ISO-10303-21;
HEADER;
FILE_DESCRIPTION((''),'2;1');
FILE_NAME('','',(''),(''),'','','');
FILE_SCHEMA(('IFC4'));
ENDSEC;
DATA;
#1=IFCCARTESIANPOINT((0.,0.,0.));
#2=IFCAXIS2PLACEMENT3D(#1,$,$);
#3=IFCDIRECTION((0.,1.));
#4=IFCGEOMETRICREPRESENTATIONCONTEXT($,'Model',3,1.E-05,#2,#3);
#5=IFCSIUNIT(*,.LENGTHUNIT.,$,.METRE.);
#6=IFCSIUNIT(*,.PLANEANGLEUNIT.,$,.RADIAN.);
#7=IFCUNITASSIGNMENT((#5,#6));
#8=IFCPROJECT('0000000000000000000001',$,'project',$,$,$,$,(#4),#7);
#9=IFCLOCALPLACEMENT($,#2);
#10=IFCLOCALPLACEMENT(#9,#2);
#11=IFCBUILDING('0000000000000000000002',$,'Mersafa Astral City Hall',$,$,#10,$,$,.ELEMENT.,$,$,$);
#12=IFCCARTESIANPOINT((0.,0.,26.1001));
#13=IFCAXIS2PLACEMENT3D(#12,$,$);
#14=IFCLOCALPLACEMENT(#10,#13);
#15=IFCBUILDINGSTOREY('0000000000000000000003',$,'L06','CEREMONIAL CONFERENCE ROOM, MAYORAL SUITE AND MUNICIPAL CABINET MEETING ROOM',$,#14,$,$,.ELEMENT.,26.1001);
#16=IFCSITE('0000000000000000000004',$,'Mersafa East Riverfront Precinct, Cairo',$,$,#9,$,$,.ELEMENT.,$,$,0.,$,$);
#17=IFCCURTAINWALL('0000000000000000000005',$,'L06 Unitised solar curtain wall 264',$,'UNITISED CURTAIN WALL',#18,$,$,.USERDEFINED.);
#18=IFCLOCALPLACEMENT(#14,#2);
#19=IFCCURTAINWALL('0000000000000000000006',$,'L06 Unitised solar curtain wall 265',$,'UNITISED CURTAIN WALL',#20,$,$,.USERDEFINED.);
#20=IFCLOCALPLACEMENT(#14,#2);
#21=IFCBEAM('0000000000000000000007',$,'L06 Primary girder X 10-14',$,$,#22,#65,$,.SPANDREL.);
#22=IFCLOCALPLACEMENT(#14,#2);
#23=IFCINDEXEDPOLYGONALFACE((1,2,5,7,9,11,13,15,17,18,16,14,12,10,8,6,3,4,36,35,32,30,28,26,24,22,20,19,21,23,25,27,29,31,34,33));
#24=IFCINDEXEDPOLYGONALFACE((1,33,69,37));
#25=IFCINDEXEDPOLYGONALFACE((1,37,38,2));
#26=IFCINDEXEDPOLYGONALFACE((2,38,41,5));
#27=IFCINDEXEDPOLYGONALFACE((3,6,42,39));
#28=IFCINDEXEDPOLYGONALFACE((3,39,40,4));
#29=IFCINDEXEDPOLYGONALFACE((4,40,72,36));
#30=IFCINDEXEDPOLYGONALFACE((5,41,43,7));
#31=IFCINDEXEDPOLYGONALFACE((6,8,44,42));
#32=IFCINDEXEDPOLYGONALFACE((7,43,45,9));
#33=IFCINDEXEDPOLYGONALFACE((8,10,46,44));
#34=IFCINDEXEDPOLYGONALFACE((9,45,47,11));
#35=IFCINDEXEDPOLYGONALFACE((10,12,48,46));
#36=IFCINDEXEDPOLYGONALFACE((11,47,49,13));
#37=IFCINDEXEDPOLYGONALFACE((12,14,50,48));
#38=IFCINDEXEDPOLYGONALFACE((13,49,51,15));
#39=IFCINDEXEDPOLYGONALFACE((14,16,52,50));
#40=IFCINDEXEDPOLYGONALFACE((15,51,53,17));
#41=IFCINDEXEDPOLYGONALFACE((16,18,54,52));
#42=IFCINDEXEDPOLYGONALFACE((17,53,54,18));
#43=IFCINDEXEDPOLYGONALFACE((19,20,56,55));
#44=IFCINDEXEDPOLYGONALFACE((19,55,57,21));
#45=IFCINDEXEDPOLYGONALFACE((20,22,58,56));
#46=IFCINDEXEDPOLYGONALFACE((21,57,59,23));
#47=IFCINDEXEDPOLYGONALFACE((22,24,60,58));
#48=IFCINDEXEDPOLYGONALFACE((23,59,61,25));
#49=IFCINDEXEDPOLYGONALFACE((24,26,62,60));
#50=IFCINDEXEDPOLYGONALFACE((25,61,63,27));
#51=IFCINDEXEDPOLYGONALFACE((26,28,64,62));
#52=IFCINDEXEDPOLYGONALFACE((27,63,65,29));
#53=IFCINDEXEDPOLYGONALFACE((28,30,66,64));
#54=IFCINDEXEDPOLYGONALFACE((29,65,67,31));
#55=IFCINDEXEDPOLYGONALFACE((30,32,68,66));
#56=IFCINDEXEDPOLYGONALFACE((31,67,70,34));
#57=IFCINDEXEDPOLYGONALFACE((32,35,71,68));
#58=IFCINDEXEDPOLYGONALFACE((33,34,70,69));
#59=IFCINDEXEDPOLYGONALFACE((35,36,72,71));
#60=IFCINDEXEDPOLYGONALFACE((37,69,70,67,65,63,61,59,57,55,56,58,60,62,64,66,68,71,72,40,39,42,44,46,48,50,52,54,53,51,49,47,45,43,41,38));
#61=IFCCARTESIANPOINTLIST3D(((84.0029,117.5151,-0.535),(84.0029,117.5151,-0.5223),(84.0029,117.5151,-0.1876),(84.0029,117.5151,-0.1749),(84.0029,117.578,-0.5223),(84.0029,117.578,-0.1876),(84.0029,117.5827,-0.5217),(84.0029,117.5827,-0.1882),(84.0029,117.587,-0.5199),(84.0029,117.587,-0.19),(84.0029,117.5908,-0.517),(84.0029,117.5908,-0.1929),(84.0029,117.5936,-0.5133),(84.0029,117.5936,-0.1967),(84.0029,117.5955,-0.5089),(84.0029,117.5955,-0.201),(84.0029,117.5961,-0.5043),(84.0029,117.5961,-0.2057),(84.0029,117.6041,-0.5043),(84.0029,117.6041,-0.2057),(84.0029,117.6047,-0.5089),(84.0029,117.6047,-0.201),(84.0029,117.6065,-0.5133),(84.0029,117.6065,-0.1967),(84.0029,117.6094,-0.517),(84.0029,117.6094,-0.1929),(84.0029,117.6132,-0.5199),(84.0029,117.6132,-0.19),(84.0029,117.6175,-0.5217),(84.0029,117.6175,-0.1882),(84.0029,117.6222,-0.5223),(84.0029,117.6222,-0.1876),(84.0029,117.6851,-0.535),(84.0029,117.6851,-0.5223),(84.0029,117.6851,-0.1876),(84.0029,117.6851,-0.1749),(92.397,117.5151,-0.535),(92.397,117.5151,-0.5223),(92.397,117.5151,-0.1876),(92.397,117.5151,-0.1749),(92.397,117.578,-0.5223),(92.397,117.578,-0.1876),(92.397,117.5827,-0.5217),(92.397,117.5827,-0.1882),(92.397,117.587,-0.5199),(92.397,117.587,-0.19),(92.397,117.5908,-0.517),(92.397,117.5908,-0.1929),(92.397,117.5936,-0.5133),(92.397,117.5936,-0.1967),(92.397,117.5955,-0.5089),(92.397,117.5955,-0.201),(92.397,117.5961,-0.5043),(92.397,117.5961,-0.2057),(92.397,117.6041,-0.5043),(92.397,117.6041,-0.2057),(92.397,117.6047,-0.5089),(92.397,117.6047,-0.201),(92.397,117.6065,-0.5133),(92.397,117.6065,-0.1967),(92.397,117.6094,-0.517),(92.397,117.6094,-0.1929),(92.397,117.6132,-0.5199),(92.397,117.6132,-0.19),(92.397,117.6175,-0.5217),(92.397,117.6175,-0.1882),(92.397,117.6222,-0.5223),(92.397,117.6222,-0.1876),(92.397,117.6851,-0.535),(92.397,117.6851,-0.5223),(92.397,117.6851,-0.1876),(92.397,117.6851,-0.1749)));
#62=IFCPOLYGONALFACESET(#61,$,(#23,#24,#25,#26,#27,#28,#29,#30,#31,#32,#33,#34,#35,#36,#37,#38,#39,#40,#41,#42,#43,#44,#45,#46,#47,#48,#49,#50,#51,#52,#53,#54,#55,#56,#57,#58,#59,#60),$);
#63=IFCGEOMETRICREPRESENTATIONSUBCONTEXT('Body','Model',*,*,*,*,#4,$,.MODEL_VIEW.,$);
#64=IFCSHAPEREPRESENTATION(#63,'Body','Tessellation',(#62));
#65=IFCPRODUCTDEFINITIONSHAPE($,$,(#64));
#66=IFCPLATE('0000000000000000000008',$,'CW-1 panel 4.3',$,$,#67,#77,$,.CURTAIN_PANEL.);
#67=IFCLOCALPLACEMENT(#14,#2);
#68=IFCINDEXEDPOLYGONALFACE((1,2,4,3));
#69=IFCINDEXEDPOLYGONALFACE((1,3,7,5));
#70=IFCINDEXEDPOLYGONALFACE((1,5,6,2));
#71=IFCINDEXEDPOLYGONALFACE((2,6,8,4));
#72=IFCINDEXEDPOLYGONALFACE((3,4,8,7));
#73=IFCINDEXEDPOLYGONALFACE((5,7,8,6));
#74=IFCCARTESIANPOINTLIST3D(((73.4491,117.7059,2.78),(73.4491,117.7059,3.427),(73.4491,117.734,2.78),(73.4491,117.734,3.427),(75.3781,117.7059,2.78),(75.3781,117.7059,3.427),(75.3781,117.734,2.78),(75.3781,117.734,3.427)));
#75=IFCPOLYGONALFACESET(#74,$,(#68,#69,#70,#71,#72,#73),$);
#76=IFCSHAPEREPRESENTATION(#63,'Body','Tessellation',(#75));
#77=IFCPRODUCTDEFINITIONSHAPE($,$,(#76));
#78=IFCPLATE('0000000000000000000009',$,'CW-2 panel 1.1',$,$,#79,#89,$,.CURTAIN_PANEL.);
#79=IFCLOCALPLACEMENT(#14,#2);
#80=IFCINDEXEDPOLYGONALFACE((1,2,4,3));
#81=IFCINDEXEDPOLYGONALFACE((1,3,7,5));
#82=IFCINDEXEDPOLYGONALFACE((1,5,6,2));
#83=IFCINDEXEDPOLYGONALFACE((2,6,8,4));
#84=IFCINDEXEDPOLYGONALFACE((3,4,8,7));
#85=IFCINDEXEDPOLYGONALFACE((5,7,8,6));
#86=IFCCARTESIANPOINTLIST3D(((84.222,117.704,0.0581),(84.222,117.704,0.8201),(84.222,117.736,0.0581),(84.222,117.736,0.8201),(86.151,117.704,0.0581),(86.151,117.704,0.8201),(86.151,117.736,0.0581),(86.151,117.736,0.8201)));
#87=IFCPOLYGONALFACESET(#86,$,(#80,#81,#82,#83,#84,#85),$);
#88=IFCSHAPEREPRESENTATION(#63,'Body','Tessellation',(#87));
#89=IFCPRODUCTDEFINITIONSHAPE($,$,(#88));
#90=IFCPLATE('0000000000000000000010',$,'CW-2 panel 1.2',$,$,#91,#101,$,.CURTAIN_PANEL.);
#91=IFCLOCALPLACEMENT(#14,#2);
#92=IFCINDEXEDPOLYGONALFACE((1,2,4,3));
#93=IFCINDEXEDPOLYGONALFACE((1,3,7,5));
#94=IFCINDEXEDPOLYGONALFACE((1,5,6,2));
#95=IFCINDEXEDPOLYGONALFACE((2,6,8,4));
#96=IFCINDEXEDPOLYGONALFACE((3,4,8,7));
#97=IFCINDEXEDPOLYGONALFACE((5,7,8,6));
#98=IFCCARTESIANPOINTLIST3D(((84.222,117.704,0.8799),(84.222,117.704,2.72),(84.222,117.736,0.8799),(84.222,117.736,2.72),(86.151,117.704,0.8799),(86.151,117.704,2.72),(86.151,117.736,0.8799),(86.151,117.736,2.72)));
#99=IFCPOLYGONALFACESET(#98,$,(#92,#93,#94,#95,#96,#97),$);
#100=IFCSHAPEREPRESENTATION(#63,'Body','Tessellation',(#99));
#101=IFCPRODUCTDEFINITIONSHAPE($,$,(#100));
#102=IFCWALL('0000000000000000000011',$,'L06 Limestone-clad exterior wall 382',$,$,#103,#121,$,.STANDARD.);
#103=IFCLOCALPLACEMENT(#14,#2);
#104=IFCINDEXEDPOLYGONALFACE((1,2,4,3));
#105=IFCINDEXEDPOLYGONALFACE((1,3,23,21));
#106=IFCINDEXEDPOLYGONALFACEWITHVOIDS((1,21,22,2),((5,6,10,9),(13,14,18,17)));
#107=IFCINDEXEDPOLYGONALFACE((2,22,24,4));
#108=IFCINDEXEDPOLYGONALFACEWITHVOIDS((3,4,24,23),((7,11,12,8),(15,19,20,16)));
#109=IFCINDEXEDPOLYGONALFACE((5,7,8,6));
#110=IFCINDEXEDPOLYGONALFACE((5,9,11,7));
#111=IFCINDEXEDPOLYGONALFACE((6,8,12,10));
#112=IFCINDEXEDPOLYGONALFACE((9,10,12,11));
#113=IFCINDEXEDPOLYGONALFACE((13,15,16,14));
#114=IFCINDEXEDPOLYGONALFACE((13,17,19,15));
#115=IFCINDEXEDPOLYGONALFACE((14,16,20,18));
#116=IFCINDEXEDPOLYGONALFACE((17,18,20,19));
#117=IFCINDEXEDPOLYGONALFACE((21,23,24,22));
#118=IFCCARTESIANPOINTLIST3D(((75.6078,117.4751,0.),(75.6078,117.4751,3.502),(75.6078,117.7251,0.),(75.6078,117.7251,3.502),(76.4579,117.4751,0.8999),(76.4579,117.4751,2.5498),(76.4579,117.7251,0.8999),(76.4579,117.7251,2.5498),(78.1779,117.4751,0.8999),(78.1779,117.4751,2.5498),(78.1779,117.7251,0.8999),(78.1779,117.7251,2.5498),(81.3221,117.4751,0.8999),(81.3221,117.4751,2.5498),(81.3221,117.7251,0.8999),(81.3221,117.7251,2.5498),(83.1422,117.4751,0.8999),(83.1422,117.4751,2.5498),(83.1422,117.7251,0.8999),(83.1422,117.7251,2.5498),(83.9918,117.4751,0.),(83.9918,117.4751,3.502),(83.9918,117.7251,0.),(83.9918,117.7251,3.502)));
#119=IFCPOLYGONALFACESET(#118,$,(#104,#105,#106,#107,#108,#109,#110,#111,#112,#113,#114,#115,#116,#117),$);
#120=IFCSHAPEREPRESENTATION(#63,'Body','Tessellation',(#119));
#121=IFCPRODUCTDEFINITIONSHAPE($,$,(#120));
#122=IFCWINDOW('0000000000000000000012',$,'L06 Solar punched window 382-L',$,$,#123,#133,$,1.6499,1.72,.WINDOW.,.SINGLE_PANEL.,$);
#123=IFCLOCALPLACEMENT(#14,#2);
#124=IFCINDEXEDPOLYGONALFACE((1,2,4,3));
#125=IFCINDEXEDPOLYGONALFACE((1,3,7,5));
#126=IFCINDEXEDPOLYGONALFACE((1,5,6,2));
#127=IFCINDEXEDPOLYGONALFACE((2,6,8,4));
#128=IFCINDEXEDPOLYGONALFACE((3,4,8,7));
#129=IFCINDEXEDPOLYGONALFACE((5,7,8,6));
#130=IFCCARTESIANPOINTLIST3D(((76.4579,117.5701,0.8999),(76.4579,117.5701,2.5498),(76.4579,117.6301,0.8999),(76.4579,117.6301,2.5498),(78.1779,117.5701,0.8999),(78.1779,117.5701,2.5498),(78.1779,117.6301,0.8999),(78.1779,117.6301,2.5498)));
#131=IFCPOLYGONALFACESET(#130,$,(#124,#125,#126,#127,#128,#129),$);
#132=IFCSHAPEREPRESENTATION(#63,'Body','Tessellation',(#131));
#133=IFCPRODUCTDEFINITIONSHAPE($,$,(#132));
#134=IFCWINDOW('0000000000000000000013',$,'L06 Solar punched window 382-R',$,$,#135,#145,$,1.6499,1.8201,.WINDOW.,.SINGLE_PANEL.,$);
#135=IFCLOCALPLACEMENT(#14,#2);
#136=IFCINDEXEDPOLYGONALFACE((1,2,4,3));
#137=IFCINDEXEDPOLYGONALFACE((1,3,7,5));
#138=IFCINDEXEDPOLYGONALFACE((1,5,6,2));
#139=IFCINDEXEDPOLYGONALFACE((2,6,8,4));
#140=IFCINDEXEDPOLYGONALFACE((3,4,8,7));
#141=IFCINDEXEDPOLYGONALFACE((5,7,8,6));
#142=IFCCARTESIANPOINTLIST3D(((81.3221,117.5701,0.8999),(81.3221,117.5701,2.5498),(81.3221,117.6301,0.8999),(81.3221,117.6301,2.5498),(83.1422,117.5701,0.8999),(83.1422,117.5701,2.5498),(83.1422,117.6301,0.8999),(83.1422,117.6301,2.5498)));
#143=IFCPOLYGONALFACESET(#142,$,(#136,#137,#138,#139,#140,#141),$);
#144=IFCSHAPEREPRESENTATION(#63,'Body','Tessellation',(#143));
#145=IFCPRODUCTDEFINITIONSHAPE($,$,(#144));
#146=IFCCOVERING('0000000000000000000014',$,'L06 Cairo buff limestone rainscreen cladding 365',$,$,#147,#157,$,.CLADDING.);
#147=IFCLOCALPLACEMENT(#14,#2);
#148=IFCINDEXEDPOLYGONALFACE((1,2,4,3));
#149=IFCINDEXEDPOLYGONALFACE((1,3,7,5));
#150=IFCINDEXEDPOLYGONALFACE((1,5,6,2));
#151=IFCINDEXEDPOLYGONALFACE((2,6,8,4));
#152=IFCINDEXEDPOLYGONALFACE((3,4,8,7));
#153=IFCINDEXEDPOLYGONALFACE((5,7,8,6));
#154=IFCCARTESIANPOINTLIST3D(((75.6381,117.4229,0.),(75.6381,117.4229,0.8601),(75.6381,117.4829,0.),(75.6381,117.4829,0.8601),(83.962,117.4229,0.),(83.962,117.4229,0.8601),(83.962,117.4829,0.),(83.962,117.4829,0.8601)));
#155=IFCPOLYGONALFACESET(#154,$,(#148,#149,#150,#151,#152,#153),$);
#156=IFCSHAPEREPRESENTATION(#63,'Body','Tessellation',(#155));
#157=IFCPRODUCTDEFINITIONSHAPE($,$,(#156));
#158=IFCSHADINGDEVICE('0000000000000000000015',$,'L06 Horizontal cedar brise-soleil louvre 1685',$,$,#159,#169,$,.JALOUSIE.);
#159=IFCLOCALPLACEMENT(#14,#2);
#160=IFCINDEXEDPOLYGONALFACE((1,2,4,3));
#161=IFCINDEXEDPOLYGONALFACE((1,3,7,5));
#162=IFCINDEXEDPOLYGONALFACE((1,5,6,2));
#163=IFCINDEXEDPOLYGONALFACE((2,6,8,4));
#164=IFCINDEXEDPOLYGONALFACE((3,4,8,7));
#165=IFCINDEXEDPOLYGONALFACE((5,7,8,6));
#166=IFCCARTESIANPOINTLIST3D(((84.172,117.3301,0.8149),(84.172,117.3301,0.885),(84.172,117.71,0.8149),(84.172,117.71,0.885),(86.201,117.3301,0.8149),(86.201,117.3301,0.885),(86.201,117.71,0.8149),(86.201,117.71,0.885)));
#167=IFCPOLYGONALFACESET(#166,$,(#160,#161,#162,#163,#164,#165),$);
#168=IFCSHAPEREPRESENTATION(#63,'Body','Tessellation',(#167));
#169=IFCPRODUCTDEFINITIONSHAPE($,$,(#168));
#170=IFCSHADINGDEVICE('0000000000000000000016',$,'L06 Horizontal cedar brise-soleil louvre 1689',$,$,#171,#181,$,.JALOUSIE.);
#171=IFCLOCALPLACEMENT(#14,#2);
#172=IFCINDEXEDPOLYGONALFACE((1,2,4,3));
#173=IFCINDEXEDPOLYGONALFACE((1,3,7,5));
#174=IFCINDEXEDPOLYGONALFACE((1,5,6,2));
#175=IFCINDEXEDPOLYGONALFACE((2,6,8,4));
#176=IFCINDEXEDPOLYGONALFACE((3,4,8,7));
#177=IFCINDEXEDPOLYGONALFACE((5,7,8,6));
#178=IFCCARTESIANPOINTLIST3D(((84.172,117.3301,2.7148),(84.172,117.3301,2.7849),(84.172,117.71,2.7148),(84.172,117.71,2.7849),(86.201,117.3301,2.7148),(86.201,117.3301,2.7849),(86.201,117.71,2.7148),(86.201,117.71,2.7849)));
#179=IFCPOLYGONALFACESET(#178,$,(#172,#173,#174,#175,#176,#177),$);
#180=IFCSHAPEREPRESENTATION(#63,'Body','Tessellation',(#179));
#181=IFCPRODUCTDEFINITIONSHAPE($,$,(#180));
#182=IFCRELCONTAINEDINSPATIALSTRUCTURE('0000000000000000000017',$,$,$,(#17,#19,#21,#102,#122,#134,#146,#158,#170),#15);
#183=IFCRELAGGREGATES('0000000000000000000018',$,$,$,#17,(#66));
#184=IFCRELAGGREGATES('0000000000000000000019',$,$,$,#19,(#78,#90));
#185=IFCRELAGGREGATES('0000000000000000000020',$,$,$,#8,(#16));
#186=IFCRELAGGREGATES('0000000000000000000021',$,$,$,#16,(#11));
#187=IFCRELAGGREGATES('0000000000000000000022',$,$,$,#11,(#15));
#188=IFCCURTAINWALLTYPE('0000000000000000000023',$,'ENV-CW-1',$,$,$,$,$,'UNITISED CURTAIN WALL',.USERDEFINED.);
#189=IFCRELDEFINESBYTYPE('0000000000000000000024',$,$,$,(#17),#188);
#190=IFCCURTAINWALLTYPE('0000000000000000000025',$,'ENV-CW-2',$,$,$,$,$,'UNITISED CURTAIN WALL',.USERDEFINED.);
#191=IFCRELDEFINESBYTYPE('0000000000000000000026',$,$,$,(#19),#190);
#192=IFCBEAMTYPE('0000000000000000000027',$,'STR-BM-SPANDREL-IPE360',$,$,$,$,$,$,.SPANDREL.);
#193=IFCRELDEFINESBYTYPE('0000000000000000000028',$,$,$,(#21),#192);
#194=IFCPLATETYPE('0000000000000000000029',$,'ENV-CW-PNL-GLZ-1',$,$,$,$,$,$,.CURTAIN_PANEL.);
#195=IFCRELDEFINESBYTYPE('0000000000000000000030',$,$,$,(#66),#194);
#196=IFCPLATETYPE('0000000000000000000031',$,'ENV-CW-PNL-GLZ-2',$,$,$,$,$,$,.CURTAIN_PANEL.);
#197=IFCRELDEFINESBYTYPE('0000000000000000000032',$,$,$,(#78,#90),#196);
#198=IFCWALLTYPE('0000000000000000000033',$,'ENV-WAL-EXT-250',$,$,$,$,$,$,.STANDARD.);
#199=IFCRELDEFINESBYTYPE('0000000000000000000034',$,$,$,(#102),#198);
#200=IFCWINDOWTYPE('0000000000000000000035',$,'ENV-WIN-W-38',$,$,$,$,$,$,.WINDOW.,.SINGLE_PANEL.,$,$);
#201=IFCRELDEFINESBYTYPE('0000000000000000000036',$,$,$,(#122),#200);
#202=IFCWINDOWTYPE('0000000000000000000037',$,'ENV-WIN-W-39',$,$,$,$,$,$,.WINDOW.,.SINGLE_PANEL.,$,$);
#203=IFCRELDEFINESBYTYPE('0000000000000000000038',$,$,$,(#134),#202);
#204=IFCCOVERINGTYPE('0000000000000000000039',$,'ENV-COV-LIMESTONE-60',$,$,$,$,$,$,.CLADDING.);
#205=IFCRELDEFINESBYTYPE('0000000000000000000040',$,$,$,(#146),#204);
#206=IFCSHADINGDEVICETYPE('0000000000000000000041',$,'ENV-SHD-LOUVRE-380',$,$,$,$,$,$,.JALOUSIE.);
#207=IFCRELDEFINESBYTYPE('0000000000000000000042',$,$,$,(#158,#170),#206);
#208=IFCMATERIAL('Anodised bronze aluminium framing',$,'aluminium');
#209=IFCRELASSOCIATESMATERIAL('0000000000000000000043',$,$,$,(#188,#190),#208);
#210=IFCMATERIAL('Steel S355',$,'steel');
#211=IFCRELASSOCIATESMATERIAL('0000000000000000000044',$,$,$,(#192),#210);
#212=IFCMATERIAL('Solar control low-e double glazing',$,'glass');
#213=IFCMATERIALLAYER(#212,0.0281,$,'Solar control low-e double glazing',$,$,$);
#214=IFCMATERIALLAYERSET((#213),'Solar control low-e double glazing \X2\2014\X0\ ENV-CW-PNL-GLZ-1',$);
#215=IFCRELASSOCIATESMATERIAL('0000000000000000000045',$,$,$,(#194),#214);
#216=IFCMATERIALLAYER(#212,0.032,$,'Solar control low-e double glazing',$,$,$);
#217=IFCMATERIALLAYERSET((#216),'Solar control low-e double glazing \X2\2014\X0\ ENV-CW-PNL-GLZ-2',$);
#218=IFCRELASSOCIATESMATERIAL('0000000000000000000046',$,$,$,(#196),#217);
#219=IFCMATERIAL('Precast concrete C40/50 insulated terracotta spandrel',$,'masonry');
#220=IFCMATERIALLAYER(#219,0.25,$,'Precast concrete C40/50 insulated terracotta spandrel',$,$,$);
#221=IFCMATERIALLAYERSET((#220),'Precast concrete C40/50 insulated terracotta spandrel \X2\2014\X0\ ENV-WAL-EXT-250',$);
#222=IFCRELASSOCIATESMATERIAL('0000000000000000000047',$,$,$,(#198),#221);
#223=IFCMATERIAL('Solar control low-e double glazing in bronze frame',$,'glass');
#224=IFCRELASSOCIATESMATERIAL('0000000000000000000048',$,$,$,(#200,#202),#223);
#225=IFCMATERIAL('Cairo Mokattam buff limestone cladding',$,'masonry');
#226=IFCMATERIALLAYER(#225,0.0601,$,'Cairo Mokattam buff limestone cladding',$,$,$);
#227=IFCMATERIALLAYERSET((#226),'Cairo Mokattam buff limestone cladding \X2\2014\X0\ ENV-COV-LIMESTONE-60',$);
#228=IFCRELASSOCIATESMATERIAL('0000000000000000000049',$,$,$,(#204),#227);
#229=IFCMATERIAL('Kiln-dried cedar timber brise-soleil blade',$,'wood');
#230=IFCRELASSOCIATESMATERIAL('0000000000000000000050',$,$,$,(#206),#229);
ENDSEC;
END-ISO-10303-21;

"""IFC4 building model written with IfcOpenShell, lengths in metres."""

from ifc_helpers import new_model, si_unit, direction, frame, frame_2d, origin, origin_2d, place, context, subcontext, project, spatial, rectangle, i_section, extrude, material, layer, layer_set, material_profile, profile_set, type_object, element, fill, aggregate, save


model = new_model("IFC4")

# Units and contexts
model_context = context("Model", 3, precision=1e-05, world=origin(), true_north=direction((0.0, 1.0)))
body_context = subcontext(model_context, "Body", "Model", "MODEL_VIEW")
ifc_project = project(units=[si_unit("LENGTHUNIT", "METRE"), si_unit("PLANEANGLEUNIT", "RADIAN")], contexts=[model_context])

# Site, building, storey
site_placement = place(None, origin())
site = spatial("IfcSite", under=ifc_project, at=site_placement, Name="Mersafa East Riverfront Precinct, Cairo", CompositionType="ELEMENT", RefElevation=0.0)
building_placement = place(site_placement, origin())
building = spatial("IfcBuilding", under=site, at=building_placement, Name="Mersafa Astral City Hall", CompositionType="ELEMENT")
storey_placement = place(building_placement, frame((0.0, 0.0, 26.1001)))
storey = spatial("IfcBuildingStorey", under=building, at=storey_placement, Name="L06", Description="CEREMONIAL CONFERENCE ROOM, MAYORAL SUITE AND MUNICIPAL CABINET MEETING ROOM", CompositionType="ELEMENT", Elevation=26.1001)

# Shared definitions
ifc_material_1 = material(Name="Steel S355", Category="steel")

# Curtain wall
ifc_material_2 = material(Name="Anodised bronze aluminium framing", Category="aluminium")
curtain_wall_type_1 = type_object("IfcCurtainWallType", Name="ENV-CW-1", ElementType="UNITISED CURTAIN WALL", PredefinedType="USERDEFINED", material=ifc_material_2)
curtain_wall_1_placement = place(storey_placement, origin())
curtain_wall_1 = element("IfcCurtainWall", 1, at=curtain_wall_1_placement, inside=storey, type_object=curtain_wall_type_1, Name="L06 Unitised solar curtain wall 264", ObjectType="UNITISED CURTAIN WALL", PredefinedType="USERDEFINED")

# Curtain wall
curtain_wall_type_2 = type_object("IfcCurtainWallType", Name="ENV-CW-2", ElementType="UNITISED CURTAIN WALL", PredefinedType="USERDEFINED", material=ifc_material_2)
curtain_wall_2_placement = place(storey_placement, origin())
curtain_wall_2 = element("IfcCurtainWall", 2, at=curtain_wall_2_placement, inside=storey, type_object=curtain_wall_type_2, Name="L06 Unitised solar curtain wall 265", ObjectType="UNITISED CURTAIN WALL", PredefinedType="USERDEFINED")

# Beam
ifc_material_profile_1 = material_profile(ifc_material_1, i_section(OverallWidth=0.1699, OverallDepth=0.3601, WebThickness=0.0081, FlangeThickness=0.0127, FilletRadius=0.0181, at=origin_2d()), Name="IPE 360")
ifc_profile_set_1 = profile_set([ifc_material_profile_1], Name="Steel S355")
beam_type_1 = type_object("IfcBeamType", Name="STR-BM-SPANDREL-IPE360", PredefinedType="SPANDREL", material=ifc_profile_set_1)
beam_1_placement = place(storey_placement, frame((84.0029, 117.6001, -0.355), z_axis=(1.0, 0.0, 0.0), x_axis=(0.0, 1.0, 0.0)))
element("IfcBeam", 3, at=beam_1_placement, inside=storey, type_object=beam_type_1, Name="L06 Primary girder X 10-14", PredefinedType="SPANDREL", context=body_context, shape_type="SweptSolid", body=[
    extrude(i_section(OverallWidth=0.1699, OverallDepth=0.3601, WebThickness=0.0081, FlangeThickness=0.0127, FilletRadius=0.0181, at=origin_2d()), origin(), (0.0, 0.0, 1.0), 8.394),
])

# Plates
ifc_material_3 = material(Name="Solar control low-e double glazing", Category="glass")
ifc_layer_1 = layer(ifc_material_3, 0.0281, Name="Solar control low-e double glazing")
ifc_layer_set_1 = layer_set([ifc_layer_1], Name="Solar control low-e double glazing — ENV-CW-PNL-GLZ-1")
plate_type_1 = type_object("IfcPlateType", Name="ENV-CW-PNL-GLZ-1", PredefinedType="CURTAIN_PANEL", material=ifc_layer_set_1)
plate_1_placement = place(storey_placement, frame((74.4136, 117.72, 2.78), z_axis=(0.0, 0.0, 1.0), x_axis=(1.0, 0.0, 0.0)))
plate_1 = element("IfcPlate", 4, at=plate_1_placement, type_object=plate_type_1, Name="CW-1 panel 4.3", PredefinedType="CURTAIN_PANEL", context=body_context, shape_type="SweptSolid", body=[
    extrude(rectangle(XDim=1.929, YDim=0.0281, at=origin_2d()), origin(), (0.0, 0.0, 1.0), 0.647),
])
aggregate(curtain_wall_1, [plate_1])
ifc_layer_2 = layer(ifc_material_3, 0.032, Name="Solar control low-e double glazing")
ifc_layer_set_2 = layer_set([ifc_layer_2], Name="Solar control low-e double glazing — ENV-CW-PNL-GLZ-2")
plate_type_2 = type_object("IfcPlateType", Name="ENV-CW-PNL-GLZ-2", PredefinedType="CURTAIN_PANEL", material=ifc_layer_set_2)
plate_2_placement = place(storey_placement, frame((85.1865, 117.72, 0.0581), z_axis=(0.0, 0.0, 1.0), x_axis=(1.0, 0.0, 0.0)))
plate_2 = element("IfcPlate", 5, at=plate_2_placement, type_object=plate_type_2, Name="CW-2 panel 1.1", PredefinedType="CURTAIN_PANEL", context=body_context, shape_type="SweptSolid", body=[
    extrude(rectangle(XDim=1.929, YDim=0.032, at=origin_2d()), origin(), (0.0, 0.0, 1.0), 0.762),
])
plate_3_placement = place(storey_placement, frame((85.1865, 117.72, 0.8799), z_axis=(0.0, 0.0, 1.0), x_axis=(1.0, 0.0, 0.0)))
plate_3 = element("IfcPlate", 6, at=plate_3_placement, type_object=plate_type_2, Name="CW-2 panel 1.2", PredefinedType="CURTAIN_PANEL", context=body_context, shape_type="SweptSolid", body=[
    extrude(rectangle(XDim=1.929, YDim=0.032, at=origin_2d()), origin(), (0.0, 0.0, 1.0), 1.8401),
])
aggregate(curtain_wall_2, [plate_2, plate_3])

# Wall, openings, windows
ifc_material_4 = material(Name="Precast concrete C40/50 insulated terracotta spandrel", Category="masonry")
ifc_layer_3 = layer(ifc_material_4, 0.25, Name="Precast concrete C40/50 insulated terracotta spandrel")
ifc_layer_set_3 = layer_set([ifc_layer_3], Name="Precast concrete C40/50 insulated terracotta spandrel — ENV-WAL-EXT-250")
wall_type = type_object("IfcWallType", Name="ENV-WAL-EXT-250", PredefinedType="STANDARD", material=ifc_layer_set_3)
wall_placement = place(storey_placement, frame((75.6079, 117.6001, 0.0), z_axis=(0.0, 0.0, 1.0), x_axis=(1.0, 0.0, 0.0)))
wall = element("IfcWall", 7, at=wall_placement, inside=storey, type_object=wall_type, Name="L06 Limestone-clad exterior wall 382", PredefinedType="STANDARD", context=body_context, shape_type="SweptSolid", body=[
    extrude(rectangle(XDim=8.384, YDim=0.25, at=frame_2d((4.1919, 0.0))), origin(), (0.0, 0.0, 1.0), 3.502),
])
opening_1_placement = place(wall_placement, frame((0.8501, 0.0, 0.8999)))
opening_1 = element("IfcOpeningElement", 8, at=opening_1_placement, cuts=wall, PredefinedType="OPENING", context=body_context, shape_type="SweptSolid", body=[
    extrude(rectangle(XDim=1.72, YDim=1.6499, at=frame_2d((0.8599, 0.825))), frame((0.0, 0.135, 0.0), z_axis=(0.0, -1.0, 0.0), x_axis=(1.0, 0.0, 0.0)), (0.0, 0.0, 1.0), 0.27),
])
opening_2_placement = place(wall_placement, frame((5.7141, 0.0, 0.8999)))
opening_2 = element("IfcOpeningElement", 9, at=opening_2_placement, cuts=wall, PredefinedType="OPENING", context=body_context, shape_type="SweptSolid", body=[
    extrude(rectangle(XDim=1.8201, YDim=1.6499, at=frame_2d((0.9102, 0.825))), frame((0.0, 0.135, 0.0), z_axis=(0.0, -1.0, 0.0), x_axis=(1.0, 0.0, 0.0)), (0.0, 0.0, 1.0), 0.27),
])
ifc_material_5 = material(Name="Solar control low-e double glazing in bronze frame", Category="glass")
window_type_1 = type_object("IfcWindowType", Name="ENV-WIN-W-38", PartitioningType="SINGLE_PANEL", PredefinedType="WINDOW", material=ifc_material_5)
window_1_placement = place(opening_1_placement, origin())
window_1 = element("IfcWindow", 10, at=window_1_placement, inside=storey, type_object=window_type_1, Name="L06 Solar punched window 382-L", OverallHeight=1.6499, OverallWidth=1.72, PartitioningType="SINGLE_PANEL", PredefinedType="WINDOW", context=body_context, shape_type="SweptSolid", body=[
    extrude(rectangle(XDim=1.72, YDim=1.6499, at=frame_2d((0.8599, 0.825))), frame((0.0, 0.03, 0.0), z_axis=(0.0, -1.0, 0.0), x_axis=(1.0, 0.0, 0.0)), (0.0, 0.0, 1.0), 0.0601),
])
fill(opening_1, window_1)
window_type_2 = type_object("IfcWindowType", Name="ENV-WIN-W-39", PartitioningType="SINGLE_PANEL", PredefinedType="WINDOW", material=ifc_material_5)
window_2_placement = place(opening_2_placement, origin())
window_2 = element("IfcWindow", 11, at=window_2_placement, inside=storey, type_object=window_type_2, Name="L06 Solar punched window 382-R", OverallHeight=1.6499, OverallWidth=1.8201, PartitioningType="SINGLE_PANEL", PredefinedType="WINDOW", context=body_context, shape_type="SweptSolid", body=[
    extrude(rectangle(XDim=1.8201, YDim=1.6499, at=frame_2d((0.9102, 0.825))), frame((0.0, 0.03, 0.0), z_axis=(0.0, -1.0, 0.0), x_axis=(1.0, 0.0, 0.0)), (0.0, 0.0, 1.0), 0.0601),
])
fill(opening_2, window_2)

# Covering
ifc_material_6 = material(Name="Cairo Mokattam buff limestone cladding", Category="masonry")
ifc_layer_4 = layer(ifc_material_6, 0.0601, Name="Cairo Mokattam buff limestone cladding")
ifc_layer_set_4 = layer_set([ifc_layer_4], Name="Cairo Mokattam buff limestone cladding — ENV-COV-LIMESTONE-60")
covering_type = type_object("IfcCoveringType", Name="ENV-COV-LIMESTONE-60", PredefinedType="CLADDING", material=ifc_layer_set_4)
covering_placement = place(storey_placement, frame((79.8, 117.4529, 0.0), z_axis=(0.0, 0.0, 1.0), x_axis=(1.0, 0.0, 0.0)))
element("IfcCovering", 12, at=covering_placement, inside=storey, type_object=covering_type, Name="L06 Cairo buff limestone rainscreen cladding 365", PredefinedType="CLADDING", context=body_context, shape_type="SweptSolid", body=[
    extrude(rectangle(XDim=8.324, YDim=0.0601, at=origin_2d()), origin(), (0.0, 0.0, 1.0), 0.8601),
])

# Shading devices
ifc_material_7 = material(Name="Kiln-dried cedar timber brise-soleil blade", Category="wood")
shading_device_type = type_object("IfcShadingDeviceType", Name="ENV-SHD-LOUVRE-380", PredefinedType="JALOUSIE", material=ifc_material_7)
for number, where, z_axis, x_axis, name in (
    (13, (85.1865, 117.52, 0.8149), (0.0, 0.0, 1.0), (1.0, 0.0, 0.0), "L06 Horizontal cedar brise-soleil louvre 1685"),
    (14, (85.1865, 117.52, 2.7148), (0.0, 0.0, 1.0), (1.0, 0.0, 0.0), "L06 Horizontal cedar brise-soleil louvre 1689"),
):
    element("IfcShadingDevice", number, at=place(storey_placement, frame(where, z_axis=z_axis, x_axis=x_axis)), inside=storey, type_object=shading_device_type, Name=name, PredefinedType="JALOUSIE", context=body_context, shape_type="SweptSolid", body=[
        extrude(rectangle(XDim=2.0291, YDim=0.3799, at=origin_2d()), origin(), (0.0, 0.0, 1.0), 0.0701),
    ])

save(model, "model.ifc")
